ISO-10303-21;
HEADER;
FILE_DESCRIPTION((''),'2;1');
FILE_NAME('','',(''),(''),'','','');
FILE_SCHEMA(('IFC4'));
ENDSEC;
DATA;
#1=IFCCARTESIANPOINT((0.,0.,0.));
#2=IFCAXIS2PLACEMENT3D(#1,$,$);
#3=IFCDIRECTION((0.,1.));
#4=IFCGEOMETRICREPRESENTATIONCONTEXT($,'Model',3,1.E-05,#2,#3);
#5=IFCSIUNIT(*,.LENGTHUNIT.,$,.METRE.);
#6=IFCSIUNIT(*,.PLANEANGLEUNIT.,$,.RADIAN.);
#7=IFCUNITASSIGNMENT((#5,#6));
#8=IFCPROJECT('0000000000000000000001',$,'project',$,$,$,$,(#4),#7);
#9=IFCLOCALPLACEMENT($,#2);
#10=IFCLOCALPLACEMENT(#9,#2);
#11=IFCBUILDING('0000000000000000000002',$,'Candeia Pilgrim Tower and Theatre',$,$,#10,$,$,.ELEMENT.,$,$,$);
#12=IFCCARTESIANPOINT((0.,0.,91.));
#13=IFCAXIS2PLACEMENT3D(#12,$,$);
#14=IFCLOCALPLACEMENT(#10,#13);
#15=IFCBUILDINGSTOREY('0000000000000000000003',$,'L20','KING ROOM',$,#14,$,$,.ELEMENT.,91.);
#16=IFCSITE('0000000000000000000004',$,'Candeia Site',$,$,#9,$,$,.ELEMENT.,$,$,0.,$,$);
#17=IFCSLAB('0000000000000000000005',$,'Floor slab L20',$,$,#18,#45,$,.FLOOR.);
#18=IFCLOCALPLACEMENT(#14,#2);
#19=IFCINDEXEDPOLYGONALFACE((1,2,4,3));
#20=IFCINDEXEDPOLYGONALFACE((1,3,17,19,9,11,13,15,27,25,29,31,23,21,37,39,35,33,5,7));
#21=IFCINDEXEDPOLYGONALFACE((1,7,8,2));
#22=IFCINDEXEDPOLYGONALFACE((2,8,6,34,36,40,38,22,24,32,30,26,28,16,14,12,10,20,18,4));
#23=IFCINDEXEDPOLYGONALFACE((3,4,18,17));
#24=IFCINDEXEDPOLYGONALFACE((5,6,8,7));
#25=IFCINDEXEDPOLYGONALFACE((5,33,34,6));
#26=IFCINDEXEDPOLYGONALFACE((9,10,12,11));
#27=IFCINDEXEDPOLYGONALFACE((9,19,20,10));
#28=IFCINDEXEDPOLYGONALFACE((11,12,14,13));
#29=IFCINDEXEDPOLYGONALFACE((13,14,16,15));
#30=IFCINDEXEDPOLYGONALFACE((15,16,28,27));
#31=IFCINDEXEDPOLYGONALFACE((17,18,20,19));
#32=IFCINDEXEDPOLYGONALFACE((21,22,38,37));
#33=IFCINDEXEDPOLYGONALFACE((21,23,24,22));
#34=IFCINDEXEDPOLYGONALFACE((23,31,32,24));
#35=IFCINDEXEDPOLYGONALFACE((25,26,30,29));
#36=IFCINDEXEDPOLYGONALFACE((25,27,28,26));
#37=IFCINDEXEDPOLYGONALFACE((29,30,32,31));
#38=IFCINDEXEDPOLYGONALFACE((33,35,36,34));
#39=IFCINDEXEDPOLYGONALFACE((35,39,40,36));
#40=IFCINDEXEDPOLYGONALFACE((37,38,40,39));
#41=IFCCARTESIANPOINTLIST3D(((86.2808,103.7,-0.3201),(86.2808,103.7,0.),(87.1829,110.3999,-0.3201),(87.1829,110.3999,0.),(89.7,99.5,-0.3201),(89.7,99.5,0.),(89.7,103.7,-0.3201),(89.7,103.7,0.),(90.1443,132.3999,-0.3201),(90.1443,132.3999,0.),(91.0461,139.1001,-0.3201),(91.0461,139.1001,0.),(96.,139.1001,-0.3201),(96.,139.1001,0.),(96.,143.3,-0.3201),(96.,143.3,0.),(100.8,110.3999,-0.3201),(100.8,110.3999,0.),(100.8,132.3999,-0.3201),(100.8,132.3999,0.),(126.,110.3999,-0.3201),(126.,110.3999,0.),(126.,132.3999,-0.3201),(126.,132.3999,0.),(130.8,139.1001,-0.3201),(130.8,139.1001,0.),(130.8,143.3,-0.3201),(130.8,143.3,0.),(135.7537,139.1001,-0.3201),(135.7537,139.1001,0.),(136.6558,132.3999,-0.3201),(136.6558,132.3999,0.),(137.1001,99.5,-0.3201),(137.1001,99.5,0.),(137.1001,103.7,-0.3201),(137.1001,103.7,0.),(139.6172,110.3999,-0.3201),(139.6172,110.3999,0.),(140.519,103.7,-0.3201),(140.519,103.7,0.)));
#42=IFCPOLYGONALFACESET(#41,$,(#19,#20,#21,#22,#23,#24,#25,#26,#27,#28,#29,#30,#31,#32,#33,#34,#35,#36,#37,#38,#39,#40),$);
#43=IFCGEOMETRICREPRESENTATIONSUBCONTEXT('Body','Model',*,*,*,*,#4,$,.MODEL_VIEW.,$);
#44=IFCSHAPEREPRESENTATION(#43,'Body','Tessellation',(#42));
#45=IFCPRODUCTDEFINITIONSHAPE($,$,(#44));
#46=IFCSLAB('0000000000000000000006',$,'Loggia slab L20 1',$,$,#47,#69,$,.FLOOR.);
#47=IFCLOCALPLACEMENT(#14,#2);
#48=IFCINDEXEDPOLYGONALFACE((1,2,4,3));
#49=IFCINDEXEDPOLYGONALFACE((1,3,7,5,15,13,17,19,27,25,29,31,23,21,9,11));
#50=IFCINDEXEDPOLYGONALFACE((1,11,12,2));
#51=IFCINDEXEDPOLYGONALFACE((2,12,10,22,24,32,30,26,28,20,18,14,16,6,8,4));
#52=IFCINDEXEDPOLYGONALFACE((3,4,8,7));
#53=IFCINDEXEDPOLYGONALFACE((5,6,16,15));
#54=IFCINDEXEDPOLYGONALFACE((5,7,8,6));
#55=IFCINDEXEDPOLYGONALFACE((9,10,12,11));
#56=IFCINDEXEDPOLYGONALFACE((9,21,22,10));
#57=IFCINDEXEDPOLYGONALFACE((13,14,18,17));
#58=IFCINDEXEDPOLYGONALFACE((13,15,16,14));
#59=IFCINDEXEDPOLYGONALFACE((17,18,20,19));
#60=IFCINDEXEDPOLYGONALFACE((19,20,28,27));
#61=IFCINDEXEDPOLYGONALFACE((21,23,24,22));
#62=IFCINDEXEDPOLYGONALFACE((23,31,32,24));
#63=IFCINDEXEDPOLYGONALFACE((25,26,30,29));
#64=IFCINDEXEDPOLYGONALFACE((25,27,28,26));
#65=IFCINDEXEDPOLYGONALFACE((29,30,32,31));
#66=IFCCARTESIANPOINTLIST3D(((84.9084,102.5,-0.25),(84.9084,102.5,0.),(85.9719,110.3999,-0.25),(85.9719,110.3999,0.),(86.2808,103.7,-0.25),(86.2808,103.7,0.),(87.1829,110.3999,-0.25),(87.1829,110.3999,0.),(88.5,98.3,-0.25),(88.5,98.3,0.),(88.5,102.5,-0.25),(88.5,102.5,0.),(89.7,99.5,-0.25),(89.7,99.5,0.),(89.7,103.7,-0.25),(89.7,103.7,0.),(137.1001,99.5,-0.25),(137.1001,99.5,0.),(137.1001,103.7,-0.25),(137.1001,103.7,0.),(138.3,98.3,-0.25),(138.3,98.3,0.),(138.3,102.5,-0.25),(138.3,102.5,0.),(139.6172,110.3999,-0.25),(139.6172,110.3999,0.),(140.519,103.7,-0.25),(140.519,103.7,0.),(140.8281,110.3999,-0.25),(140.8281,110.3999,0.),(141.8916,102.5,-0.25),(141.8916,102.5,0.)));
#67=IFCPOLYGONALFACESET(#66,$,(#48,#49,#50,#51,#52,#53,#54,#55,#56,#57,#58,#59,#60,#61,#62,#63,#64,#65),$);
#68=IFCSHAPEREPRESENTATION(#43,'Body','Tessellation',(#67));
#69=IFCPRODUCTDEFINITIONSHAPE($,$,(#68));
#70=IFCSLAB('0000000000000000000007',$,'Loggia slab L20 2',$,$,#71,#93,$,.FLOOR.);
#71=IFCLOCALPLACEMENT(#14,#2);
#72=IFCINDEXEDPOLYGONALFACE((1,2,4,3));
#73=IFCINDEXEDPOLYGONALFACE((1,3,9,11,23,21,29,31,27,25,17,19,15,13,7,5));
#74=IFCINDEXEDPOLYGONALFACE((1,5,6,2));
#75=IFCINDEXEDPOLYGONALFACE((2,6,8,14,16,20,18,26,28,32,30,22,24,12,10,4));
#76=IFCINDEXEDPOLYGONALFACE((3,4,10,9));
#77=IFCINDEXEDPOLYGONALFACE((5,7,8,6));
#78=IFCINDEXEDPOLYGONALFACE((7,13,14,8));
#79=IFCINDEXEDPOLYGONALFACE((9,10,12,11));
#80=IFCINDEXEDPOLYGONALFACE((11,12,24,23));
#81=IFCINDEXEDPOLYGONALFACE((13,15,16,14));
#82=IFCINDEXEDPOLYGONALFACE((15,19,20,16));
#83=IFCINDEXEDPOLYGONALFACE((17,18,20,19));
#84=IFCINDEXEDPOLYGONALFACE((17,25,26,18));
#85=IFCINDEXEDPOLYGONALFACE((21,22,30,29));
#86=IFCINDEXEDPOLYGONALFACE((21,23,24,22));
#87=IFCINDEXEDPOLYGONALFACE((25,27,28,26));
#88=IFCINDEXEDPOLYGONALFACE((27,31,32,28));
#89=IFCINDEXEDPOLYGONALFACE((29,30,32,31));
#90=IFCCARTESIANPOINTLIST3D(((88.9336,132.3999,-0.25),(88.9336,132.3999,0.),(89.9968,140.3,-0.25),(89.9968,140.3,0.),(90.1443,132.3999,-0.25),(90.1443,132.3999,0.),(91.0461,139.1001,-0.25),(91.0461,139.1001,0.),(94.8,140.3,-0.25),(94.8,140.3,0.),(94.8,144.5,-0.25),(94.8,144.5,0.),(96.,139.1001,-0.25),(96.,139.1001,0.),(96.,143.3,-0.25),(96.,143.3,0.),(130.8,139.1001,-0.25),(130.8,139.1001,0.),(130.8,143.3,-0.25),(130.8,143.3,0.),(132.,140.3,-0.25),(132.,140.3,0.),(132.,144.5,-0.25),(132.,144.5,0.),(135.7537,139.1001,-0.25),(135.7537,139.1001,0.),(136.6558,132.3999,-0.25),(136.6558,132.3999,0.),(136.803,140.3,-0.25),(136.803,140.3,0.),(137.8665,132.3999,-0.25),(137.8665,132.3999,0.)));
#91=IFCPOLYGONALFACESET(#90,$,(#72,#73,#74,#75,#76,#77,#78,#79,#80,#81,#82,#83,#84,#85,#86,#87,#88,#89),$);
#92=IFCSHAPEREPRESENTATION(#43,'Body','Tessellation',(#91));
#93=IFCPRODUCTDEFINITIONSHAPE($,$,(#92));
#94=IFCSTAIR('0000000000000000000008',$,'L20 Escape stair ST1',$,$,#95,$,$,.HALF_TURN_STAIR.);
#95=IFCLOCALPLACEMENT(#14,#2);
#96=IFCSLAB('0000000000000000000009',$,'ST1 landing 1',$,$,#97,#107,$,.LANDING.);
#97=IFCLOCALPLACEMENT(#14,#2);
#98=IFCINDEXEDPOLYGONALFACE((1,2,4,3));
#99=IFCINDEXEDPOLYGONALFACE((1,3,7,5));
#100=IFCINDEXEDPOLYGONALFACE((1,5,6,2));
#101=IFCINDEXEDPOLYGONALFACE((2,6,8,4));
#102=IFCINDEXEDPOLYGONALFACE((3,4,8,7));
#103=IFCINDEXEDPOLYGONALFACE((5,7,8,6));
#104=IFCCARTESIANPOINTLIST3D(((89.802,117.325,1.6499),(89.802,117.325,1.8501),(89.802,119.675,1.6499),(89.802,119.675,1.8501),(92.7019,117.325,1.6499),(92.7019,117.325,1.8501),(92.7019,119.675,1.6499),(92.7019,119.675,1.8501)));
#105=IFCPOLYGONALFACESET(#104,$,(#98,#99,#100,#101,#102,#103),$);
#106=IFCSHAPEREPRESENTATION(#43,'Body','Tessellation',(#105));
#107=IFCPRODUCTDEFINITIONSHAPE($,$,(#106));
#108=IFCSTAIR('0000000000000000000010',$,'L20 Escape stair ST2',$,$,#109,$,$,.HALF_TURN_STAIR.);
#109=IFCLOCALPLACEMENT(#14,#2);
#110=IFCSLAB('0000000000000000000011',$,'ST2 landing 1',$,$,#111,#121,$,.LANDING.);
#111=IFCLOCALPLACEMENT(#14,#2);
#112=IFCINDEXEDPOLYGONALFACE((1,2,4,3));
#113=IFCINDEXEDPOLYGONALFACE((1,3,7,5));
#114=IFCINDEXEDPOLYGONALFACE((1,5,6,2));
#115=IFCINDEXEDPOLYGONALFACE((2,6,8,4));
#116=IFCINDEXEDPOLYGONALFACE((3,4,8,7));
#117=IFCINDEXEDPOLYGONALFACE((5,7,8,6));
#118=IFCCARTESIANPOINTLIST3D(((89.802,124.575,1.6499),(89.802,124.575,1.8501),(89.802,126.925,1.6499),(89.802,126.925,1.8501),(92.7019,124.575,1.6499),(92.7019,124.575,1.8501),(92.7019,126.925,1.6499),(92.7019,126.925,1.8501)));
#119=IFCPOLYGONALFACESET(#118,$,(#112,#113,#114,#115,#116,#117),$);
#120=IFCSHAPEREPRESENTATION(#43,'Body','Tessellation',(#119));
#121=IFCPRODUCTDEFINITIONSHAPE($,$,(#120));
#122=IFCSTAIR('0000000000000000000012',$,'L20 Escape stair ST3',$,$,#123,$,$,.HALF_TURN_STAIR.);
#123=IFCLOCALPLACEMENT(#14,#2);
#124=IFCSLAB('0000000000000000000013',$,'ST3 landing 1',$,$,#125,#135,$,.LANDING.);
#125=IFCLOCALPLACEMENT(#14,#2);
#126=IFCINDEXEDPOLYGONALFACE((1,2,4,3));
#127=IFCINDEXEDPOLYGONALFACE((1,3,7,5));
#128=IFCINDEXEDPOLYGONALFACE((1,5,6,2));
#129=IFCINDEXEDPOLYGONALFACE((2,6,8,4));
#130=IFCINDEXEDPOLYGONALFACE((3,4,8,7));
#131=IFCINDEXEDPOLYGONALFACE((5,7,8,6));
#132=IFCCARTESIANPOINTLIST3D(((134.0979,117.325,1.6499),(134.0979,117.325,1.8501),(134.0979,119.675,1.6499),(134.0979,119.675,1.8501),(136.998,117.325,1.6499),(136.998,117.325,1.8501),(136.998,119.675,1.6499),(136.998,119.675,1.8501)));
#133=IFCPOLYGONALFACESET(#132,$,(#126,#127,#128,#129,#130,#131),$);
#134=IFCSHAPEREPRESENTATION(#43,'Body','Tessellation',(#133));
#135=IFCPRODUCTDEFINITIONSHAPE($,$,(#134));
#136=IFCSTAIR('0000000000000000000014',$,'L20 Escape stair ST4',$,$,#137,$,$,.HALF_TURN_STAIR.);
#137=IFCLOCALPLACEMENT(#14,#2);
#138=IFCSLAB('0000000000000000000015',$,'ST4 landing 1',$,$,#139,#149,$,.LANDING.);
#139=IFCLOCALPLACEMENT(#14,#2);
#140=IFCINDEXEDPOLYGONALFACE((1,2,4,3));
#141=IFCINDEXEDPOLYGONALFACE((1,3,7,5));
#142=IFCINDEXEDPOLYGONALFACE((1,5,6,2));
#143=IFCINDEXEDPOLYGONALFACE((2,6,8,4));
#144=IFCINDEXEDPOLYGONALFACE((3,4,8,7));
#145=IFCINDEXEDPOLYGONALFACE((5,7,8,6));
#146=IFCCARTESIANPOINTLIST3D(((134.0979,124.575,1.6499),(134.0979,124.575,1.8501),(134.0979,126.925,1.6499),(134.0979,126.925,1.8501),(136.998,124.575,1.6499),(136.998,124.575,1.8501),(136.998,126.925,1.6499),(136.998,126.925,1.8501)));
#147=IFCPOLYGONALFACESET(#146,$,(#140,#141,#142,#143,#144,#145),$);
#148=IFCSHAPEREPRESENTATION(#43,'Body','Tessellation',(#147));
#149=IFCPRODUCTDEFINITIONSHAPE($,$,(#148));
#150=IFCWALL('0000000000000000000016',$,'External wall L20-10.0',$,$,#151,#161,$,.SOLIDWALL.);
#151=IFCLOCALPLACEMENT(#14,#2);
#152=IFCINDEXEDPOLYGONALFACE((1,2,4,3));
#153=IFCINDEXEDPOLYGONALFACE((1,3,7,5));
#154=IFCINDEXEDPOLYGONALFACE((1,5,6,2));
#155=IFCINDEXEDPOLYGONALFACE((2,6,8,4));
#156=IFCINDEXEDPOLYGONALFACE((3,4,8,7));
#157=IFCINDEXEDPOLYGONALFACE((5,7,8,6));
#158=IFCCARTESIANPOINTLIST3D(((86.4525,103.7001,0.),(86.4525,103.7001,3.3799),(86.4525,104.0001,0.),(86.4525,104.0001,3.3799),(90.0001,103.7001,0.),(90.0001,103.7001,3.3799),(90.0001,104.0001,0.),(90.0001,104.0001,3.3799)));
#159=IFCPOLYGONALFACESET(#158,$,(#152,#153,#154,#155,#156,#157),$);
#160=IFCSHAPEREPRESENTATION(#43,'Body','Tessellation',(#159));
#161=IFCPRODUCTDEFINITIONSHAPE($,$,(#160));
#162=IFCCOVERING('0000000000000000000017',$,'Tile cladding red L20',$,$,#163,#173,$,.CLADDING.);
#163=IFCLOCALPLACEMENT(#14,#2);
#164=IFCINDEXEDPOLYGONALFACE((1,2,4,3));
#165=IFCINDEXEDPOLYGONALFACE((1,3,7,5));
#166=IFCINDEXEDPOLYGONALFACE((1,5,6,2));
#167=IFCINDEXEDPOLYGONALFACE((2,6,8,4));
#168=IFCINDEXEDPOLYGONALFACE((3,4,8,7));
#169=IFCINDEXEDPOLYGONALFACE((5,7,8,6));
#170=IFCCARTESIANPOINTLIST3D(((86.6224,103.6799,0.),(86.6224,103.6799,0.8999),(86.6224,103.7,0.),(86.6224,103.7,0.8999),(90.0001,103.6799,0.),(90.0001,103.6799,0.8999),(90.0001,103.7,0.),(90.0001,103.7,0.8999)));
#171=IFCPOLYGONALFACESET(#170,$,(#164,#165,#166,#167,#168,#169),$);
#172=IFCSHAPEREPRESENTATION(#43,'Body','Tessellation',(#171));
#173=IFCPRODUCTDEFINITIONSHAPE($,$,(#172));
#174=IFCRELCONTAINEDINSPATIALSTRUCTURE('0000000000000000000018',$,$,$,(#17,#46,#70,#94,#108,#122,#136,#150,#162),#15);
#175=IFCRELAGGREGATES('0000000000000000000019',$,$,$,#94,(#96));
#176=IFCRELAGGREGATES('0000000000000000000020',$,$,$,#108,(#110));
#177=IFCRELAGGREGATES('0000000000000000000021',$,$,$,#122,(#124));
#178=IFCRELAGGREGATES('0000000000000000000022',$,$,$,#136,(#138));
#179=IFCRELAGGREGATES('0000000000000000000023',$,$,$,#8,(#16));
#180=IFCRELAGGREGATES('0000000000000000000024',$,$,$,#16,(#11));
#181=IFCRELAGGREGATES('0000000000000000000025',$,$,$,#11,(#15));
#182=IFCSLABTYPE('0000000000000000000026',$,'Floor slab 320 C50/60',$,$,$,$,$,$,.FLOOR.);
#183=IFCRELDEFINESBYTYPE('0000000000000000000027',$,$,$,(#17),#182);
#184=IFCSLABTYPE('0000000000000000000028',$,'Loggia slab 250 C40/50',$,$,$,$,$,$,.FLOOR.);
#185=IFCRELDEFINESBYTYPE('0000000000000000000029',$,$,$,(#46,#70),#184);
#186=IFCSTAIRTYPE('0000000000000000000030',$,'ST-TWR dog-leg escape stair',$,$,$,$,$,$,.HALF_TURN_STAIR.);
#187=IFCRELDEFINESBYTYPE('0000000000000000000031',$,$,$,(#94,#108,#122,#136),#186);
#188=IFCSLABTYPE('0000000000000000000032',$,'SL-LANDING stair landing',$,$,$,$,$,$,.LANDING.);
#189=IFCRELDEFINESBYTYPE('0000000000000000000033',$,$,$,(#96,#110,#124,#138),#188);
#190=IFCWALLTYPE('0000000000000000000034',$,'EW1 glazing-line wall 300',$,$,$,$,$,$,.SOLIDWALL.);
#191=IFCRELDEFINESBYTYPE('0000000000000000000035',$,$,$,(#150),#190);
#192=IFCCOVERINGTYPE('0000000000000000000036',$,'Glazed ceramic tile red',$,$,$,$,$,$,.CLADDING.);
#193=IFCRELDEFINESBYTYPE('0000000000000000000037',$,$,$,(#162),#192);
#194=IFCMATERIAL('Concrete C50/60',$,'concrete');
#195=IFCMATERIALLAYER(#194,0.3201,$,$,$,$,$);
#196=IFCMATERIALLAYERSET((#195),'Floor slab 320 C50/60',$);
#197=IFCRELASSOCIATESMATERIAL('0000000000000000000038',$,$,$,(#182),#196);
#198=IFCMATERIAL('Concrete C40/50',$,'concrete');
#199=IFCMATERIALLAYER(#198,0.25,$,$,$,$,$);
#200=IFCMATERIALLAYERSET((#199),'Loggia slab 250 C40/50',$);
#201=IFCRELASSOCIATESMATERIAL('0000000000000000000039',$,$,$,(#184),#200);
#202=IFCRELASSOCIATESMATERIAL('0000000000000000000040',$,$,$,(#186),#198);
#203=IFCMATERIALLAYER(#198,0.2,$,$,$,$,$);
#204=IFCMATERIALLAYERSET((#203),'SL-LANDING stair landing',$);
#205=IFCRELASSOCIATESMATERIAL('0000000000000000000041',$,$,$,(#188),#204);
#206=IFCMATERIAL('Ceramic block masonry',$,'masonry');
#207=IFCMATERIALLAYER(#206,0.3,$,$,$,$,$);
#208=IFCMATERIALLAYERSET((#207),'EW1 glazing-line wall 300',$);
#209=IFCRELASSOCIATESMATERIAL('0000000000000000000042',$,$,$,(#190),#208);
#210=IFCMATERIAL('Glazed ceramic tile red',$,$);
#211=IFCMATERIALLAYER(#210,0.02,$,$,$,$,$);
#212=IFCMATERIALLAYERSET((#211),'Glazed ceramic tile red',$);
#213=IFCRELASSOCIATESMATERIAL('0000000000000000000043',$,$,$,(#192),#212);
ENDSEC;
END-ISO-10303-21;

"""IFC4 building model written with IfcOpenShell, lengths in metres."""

from ifc_helpers import new_model, si_unit, direction, frame, frame_2d, origin, origin_2d, place, context, subcontext, project, spatial, polyline, rectangle, outline, extrude, material, layer, layer_set, type_object, element, aggregate, save


model = new_model("IFC4")

# Units and contexts
model_context = context("Model", 3, precision=1e-05, world=origin(), true_north=direction((0.0, 1.0)))
body_context = subcontext(model_context, "Body", "Model", "MODEL_VIEW")
ifc_project = project(units=[si_unit("LENGTHUNIT", "METRE"), si_unit("PLANEANGLEUNIT", "RADIAN")], contexts=[model_context])

# Site, building, storey
site_placement = place(None, origin())
site = spatial("IfcSite", under=ifc_project, at=site_placement, Name="Candeia Site", CompositionType="ELEMENT", RefElevation=0.0)
building_placement = place(site_placement, origin())
building = spatial("IfcBuilding", under=site, at=building_placement, Name="Candeia Pilgrim Tower and Theatre", CompositionType="ELEMENT")
storey_placement = place(building_placement, frame((0.0, 0.0, 91.0)))
storey = spatial("IfcBuildingStorey", under=building, at=storey_placement, Name="L20", Description="KING ROOM", CompositionType="ELEMENT", Elevation=91.0)

# Slabs
ifc_material_1 = material(Name="Concrete C40/50", Category="concrete")
ifc_material_2 = material(Name="Concrete C50/60", Category="concrete")
ifc_layer_1 = layer(ifc_material_2, 0.3201)
ifc_layer_set_1 = layer_set([ifc_layer_1], Name="Floor slab 320 C50/60")
slab_type_1 = type_object("IfcSlabType", Name="Floor slab 320 C50/60", PredefinedType="FLOOR", material=ifc_layer_set_1)
slab_1_placement = place(storey_placement, frame((0.0, 0.0, -0.3201)))
element("IfcSlab", 1, at=slab_1_placement, inside=storey, type_object=slab_type_1, Name="Floor slab L20", PredefinedType="FLOOR", context=body_context, shape_type="SweptSolid", body=[
    extrude(outline(polyline([(96.0, 139.1001), (96.0, 143.3), (130.8, 143.3), (130.8, 139.1001), (135.7537, 139.1001), (136.6558, 132.3999), (126.0, 132.3999), (126.0, 110.3999), (139.6172, 110.3999), (140.519, 103.7), (137.1001, 103.7), (137.1001, 99.5), (89.7, 99.5), (89.7, 103.7), (86.2808, 103.7), (87.1829, 110.3999), (100.8, 110.3999), (100.8, 132.3999), (90.1443, 132.3999), (91.0461, 139.1001), (96.0, 139.1001)])), origin(), (0.0, 0.0, 1.0), 0.3201),
])
ifc_layer_2 = layer(ifc_material_1, 0.25)
ifc_layer_set_2 = layer_set([ifc_layer_2], Name="Loggia slab 250 C40/50")
slab_type_2 = type_object("IfcSlabType", Name="Loggia slab 250 C40/50", PredefinedType="FLOOR", material=ifc_layer_set_2)
slab_2_placement = place(storey_placement, frame((0.0, 0.0, -0.25)))
element("IfcSlab", 2, at=slab_2_placement, inside=storey, type_object=slab_type_2, Name="Loggia slab L20 1", PredefinedType="FLOOR", context=body_context, shape_type="SweptSolid", body=[
    extrude(outline(polyline([(87.1829, 110.3999), (86.2808, 103.7), (89.7, 103.7), (89.7, 99.5), (137.1001, 99.5), (137.1001, 103.7), (140.519, 103.7), (139.6172, 110.3999), (140.8281, 110.3999), (141.8916, 102.5), (138.3, 102.5), (138.3, 98.3), (88.5, 98.3), (88.5, 102.5), (84.9084, 102.5), (85.9719, 110.3999), (87.1829, 110.3999)])), origin(), (0.0, 0.0, 1.0), 0.25),
])
slab_3_placement = place(storey_placement, frame((0.0, 0.0, -0.25)))
element("IfcSlab", 3, at=slab_3_placement, inside=storey, type_object=slab_type_2, Name="Loggia slab L20 2", PredefinedType="FLOOR", context=body_context, shape_type="SweptSolid", body=[
    extrude(outline(polyline([(136.6558, 132.3999), (135.7537, 139.1001), (130.8, 139.1001), (130.8, 143.3), (96.0, 143.3), (96.0, 139.1001), (91.0461, 139.1001), (90.1443, 132.3999), (88.9336, 132.3999), (89.9968, 140.3), (94.8, 140.3), (94.8, 144.5), (132.0, 144.5), (132.0, 140.3), (136.803, 140.3), (137.8665, 132.3999), (136.6558, 132.3999)])), origin(), (0.0, 0.0, 1.0), 0.25),
])

# Stairs, slabs
stair_type = type_object("IfcStairType", Name="ST-TWR dog-leg escape stair", PredefinedType="HALF_TURN_STAIR", material=ifc_material_1)
stair_1_placement = place(storey_placement, origin())
stair_1 = element("IfcStair", 4, at=stair_1_placement, inside=storey, type_object=stair_type, Name="L20 Escape stair ST1", PredefinedType="HALF_TURN_STAIR")
ifc_layer_3 = layer(ifc_material_1, 0.2)
ifc_layer_set_3 = layer_set([ifc_layer_3], Name="SL-LANDING stair landing")
slab_type_3 = type_object("IfcSlabType", Name="SL-LANDING stair landing", PredefinedType="LANDING", material=ifc_layer_set_3)
slab_4_placement = place(storey_placement, frame((0.0, 0.0, 1.6499)))
slab_4 = element("IfcSlab", 5, at=slab_4_placement, type_object=slab_type_3, Name="ST1 landing 1", PredefinedType="LANDING", context=body_context, shape_type="SweptSolid", body=[
    extrude(outline(polyline([(89.802, 119.675), (89.802, 117.325), (92.7019, 117.325), (92.7019, 119.675), (89.802, 119.675)])), origin(), (0.0, 0.0, 1.0), 0.2002),
])
aggregate(stair_1, [slab_4])
stair_2_placement = place(storey_placement, origin())
stair_2 = element("IfcStair", 6, at=stair_2_placement, inside=storey, type_object=stair_type, Name="L20 Escape stair ST2", PredefinedType="HALF_TURN_STAIR")
slab_5_placement = place(storey_placement, frame((0.0, 0.0, 1.6499)))
slab_5 = element("IfcSlab", 7, at=slab_5_placement, type_object=slab_type_3, Name="ST2 landing 1", PredefinedType="LANDING", context=body_context, shape_type="SweptSolid", body=[
    extrude(outline(polyline([(89.802, 126.925), (89.802, 124.575), (92.7019, 124.575), (92.7019, 126.925), (89.802, 126.925)])), origin(), (0.0, 0.0, 1.0), 0.2002),
])
aggregate(stair_2, [slab_5])
stair_3_placement = place(storey_placement, origin())
stair_3 = element("IfcStair", 8, at=stair_3_placement, inside=storey, type_object=stair_type, Name="L20 Escape stair ST3", PredefinedType="HALF_TURN_STAIR")
slab_6_placement = place(storey_placement, frame((0.0, 0.0, 1.6499)))
slab_6 = element("IfcSlab", 9, at=slab_6_placement, type_object=slab_type_3, Name="ST3 landing 1", PredefinedType="LANDING", context=body_context, shape_type="SweptSolid", body=[
    extrude(outline(polyline([(134.0979, 119.675), (134.0979, 117.325), (136.998, 117.325), (136.998, 119.675), (134.0979, 119.675)])), origin(), (0.0, 0.0, 1.0), 0.2002),
])
aggregate(stair_3, [slab_6])
stair_4_placement = place(storey_placement, origin())
stair_4 = element("IfcStair", 10, at=stair_4_placement, inside=storey, type_object=stair_type, Name="L20 Escape stair ST4", PredefinedType="HALF_TURN_STAIR")
slab_7_placement = place(storey_placement, frame((0.0, 0.0, 1.6499)))
slab_7 = element("IfcSlab", 11, at=slab_7_placement, type_object=slab_type_3, Name="ST4 landing 1", PredefinedType="LANDING", context=body_context, shape_type="SweptSolid", body=[
    extrude(outline(polyline([(134.0979, 126.925), (134.0979, 124.575), (136.998, 124.575), (136.998, 126.925), (134.0979, 126.925)])), origin(), (0.0, 0.0, 1.0), 0.2002),
])
aggregate(stair_4, [slab_7])

# Wall
ifc_material_3 = material(Name="Ceramic block masonry", Category="masonry")
ifc_layer_4 = layer(ifc_material_3, 0.3)
ifc_layer_set_4 = layer_set([ifc_layer_4], Name="EW1 glazing-line wall 300")
wall_type = type_object("IfcWallType", Name="EW1 glazing-line wall 300", PredefinedType="SOLIDWALL", material=ifc_layer_set_4)
wall_placement = place(storey_placement, frame((86.4524, 103.8501, 0.0), z_axis=(0.0, 0.0, 1.0), x_axis=(1.0, 0.0, 0.0)))
element("IfcWall", 12, at=wall_placement, inside=storey, type_object=wall_type, Name="External wall L20-10.0", PredefinedType="SOLIDWALL", context=body_context, shape_type="SweptSolid", body=[
    extrude(rectangle(XDim=3.5476, YDim=0.3, at=frame_2d((1.7739, 0.0))), origin(), (0.0, 0.0, 1.0), 3.3799),
])

# Covering
ifc_material_4 = material(Name="Glazed ceramic tile red")
ifc_layer_5 = layer(ifc_material_4, 0.02)
ifc_layer_set_5 = layer_set([ifc_layer_5], Name="Glazed ceramic tile red")
covering_type = type_object("IfcCoveringType", Name="Glazed ceramic tile red", PredefinedType="CLADDING", material=ifc_layer_set_5)
covering_placement = place(storey_placement, frame((88.3113, 103.6899, 0.0), z_axis=(0.0, 0.0, 1.0), x_axis=(1.0, 0.0, 0.0)))
element("IfcCovering", 13, at=covering_placement, inside=storey, type_object=covering_type, Name="Tile cladding red L20", PredefinedType="CLADDING", context=body_context, shape_type="SweptSolid", body=[
    extrude(rectangle(XDim=3.3777, YDim=0.02, at=origin_2d()), origin(), (0.0, 0.0, 1.0), 0.8999),
])

save(model, "model.ifc")
